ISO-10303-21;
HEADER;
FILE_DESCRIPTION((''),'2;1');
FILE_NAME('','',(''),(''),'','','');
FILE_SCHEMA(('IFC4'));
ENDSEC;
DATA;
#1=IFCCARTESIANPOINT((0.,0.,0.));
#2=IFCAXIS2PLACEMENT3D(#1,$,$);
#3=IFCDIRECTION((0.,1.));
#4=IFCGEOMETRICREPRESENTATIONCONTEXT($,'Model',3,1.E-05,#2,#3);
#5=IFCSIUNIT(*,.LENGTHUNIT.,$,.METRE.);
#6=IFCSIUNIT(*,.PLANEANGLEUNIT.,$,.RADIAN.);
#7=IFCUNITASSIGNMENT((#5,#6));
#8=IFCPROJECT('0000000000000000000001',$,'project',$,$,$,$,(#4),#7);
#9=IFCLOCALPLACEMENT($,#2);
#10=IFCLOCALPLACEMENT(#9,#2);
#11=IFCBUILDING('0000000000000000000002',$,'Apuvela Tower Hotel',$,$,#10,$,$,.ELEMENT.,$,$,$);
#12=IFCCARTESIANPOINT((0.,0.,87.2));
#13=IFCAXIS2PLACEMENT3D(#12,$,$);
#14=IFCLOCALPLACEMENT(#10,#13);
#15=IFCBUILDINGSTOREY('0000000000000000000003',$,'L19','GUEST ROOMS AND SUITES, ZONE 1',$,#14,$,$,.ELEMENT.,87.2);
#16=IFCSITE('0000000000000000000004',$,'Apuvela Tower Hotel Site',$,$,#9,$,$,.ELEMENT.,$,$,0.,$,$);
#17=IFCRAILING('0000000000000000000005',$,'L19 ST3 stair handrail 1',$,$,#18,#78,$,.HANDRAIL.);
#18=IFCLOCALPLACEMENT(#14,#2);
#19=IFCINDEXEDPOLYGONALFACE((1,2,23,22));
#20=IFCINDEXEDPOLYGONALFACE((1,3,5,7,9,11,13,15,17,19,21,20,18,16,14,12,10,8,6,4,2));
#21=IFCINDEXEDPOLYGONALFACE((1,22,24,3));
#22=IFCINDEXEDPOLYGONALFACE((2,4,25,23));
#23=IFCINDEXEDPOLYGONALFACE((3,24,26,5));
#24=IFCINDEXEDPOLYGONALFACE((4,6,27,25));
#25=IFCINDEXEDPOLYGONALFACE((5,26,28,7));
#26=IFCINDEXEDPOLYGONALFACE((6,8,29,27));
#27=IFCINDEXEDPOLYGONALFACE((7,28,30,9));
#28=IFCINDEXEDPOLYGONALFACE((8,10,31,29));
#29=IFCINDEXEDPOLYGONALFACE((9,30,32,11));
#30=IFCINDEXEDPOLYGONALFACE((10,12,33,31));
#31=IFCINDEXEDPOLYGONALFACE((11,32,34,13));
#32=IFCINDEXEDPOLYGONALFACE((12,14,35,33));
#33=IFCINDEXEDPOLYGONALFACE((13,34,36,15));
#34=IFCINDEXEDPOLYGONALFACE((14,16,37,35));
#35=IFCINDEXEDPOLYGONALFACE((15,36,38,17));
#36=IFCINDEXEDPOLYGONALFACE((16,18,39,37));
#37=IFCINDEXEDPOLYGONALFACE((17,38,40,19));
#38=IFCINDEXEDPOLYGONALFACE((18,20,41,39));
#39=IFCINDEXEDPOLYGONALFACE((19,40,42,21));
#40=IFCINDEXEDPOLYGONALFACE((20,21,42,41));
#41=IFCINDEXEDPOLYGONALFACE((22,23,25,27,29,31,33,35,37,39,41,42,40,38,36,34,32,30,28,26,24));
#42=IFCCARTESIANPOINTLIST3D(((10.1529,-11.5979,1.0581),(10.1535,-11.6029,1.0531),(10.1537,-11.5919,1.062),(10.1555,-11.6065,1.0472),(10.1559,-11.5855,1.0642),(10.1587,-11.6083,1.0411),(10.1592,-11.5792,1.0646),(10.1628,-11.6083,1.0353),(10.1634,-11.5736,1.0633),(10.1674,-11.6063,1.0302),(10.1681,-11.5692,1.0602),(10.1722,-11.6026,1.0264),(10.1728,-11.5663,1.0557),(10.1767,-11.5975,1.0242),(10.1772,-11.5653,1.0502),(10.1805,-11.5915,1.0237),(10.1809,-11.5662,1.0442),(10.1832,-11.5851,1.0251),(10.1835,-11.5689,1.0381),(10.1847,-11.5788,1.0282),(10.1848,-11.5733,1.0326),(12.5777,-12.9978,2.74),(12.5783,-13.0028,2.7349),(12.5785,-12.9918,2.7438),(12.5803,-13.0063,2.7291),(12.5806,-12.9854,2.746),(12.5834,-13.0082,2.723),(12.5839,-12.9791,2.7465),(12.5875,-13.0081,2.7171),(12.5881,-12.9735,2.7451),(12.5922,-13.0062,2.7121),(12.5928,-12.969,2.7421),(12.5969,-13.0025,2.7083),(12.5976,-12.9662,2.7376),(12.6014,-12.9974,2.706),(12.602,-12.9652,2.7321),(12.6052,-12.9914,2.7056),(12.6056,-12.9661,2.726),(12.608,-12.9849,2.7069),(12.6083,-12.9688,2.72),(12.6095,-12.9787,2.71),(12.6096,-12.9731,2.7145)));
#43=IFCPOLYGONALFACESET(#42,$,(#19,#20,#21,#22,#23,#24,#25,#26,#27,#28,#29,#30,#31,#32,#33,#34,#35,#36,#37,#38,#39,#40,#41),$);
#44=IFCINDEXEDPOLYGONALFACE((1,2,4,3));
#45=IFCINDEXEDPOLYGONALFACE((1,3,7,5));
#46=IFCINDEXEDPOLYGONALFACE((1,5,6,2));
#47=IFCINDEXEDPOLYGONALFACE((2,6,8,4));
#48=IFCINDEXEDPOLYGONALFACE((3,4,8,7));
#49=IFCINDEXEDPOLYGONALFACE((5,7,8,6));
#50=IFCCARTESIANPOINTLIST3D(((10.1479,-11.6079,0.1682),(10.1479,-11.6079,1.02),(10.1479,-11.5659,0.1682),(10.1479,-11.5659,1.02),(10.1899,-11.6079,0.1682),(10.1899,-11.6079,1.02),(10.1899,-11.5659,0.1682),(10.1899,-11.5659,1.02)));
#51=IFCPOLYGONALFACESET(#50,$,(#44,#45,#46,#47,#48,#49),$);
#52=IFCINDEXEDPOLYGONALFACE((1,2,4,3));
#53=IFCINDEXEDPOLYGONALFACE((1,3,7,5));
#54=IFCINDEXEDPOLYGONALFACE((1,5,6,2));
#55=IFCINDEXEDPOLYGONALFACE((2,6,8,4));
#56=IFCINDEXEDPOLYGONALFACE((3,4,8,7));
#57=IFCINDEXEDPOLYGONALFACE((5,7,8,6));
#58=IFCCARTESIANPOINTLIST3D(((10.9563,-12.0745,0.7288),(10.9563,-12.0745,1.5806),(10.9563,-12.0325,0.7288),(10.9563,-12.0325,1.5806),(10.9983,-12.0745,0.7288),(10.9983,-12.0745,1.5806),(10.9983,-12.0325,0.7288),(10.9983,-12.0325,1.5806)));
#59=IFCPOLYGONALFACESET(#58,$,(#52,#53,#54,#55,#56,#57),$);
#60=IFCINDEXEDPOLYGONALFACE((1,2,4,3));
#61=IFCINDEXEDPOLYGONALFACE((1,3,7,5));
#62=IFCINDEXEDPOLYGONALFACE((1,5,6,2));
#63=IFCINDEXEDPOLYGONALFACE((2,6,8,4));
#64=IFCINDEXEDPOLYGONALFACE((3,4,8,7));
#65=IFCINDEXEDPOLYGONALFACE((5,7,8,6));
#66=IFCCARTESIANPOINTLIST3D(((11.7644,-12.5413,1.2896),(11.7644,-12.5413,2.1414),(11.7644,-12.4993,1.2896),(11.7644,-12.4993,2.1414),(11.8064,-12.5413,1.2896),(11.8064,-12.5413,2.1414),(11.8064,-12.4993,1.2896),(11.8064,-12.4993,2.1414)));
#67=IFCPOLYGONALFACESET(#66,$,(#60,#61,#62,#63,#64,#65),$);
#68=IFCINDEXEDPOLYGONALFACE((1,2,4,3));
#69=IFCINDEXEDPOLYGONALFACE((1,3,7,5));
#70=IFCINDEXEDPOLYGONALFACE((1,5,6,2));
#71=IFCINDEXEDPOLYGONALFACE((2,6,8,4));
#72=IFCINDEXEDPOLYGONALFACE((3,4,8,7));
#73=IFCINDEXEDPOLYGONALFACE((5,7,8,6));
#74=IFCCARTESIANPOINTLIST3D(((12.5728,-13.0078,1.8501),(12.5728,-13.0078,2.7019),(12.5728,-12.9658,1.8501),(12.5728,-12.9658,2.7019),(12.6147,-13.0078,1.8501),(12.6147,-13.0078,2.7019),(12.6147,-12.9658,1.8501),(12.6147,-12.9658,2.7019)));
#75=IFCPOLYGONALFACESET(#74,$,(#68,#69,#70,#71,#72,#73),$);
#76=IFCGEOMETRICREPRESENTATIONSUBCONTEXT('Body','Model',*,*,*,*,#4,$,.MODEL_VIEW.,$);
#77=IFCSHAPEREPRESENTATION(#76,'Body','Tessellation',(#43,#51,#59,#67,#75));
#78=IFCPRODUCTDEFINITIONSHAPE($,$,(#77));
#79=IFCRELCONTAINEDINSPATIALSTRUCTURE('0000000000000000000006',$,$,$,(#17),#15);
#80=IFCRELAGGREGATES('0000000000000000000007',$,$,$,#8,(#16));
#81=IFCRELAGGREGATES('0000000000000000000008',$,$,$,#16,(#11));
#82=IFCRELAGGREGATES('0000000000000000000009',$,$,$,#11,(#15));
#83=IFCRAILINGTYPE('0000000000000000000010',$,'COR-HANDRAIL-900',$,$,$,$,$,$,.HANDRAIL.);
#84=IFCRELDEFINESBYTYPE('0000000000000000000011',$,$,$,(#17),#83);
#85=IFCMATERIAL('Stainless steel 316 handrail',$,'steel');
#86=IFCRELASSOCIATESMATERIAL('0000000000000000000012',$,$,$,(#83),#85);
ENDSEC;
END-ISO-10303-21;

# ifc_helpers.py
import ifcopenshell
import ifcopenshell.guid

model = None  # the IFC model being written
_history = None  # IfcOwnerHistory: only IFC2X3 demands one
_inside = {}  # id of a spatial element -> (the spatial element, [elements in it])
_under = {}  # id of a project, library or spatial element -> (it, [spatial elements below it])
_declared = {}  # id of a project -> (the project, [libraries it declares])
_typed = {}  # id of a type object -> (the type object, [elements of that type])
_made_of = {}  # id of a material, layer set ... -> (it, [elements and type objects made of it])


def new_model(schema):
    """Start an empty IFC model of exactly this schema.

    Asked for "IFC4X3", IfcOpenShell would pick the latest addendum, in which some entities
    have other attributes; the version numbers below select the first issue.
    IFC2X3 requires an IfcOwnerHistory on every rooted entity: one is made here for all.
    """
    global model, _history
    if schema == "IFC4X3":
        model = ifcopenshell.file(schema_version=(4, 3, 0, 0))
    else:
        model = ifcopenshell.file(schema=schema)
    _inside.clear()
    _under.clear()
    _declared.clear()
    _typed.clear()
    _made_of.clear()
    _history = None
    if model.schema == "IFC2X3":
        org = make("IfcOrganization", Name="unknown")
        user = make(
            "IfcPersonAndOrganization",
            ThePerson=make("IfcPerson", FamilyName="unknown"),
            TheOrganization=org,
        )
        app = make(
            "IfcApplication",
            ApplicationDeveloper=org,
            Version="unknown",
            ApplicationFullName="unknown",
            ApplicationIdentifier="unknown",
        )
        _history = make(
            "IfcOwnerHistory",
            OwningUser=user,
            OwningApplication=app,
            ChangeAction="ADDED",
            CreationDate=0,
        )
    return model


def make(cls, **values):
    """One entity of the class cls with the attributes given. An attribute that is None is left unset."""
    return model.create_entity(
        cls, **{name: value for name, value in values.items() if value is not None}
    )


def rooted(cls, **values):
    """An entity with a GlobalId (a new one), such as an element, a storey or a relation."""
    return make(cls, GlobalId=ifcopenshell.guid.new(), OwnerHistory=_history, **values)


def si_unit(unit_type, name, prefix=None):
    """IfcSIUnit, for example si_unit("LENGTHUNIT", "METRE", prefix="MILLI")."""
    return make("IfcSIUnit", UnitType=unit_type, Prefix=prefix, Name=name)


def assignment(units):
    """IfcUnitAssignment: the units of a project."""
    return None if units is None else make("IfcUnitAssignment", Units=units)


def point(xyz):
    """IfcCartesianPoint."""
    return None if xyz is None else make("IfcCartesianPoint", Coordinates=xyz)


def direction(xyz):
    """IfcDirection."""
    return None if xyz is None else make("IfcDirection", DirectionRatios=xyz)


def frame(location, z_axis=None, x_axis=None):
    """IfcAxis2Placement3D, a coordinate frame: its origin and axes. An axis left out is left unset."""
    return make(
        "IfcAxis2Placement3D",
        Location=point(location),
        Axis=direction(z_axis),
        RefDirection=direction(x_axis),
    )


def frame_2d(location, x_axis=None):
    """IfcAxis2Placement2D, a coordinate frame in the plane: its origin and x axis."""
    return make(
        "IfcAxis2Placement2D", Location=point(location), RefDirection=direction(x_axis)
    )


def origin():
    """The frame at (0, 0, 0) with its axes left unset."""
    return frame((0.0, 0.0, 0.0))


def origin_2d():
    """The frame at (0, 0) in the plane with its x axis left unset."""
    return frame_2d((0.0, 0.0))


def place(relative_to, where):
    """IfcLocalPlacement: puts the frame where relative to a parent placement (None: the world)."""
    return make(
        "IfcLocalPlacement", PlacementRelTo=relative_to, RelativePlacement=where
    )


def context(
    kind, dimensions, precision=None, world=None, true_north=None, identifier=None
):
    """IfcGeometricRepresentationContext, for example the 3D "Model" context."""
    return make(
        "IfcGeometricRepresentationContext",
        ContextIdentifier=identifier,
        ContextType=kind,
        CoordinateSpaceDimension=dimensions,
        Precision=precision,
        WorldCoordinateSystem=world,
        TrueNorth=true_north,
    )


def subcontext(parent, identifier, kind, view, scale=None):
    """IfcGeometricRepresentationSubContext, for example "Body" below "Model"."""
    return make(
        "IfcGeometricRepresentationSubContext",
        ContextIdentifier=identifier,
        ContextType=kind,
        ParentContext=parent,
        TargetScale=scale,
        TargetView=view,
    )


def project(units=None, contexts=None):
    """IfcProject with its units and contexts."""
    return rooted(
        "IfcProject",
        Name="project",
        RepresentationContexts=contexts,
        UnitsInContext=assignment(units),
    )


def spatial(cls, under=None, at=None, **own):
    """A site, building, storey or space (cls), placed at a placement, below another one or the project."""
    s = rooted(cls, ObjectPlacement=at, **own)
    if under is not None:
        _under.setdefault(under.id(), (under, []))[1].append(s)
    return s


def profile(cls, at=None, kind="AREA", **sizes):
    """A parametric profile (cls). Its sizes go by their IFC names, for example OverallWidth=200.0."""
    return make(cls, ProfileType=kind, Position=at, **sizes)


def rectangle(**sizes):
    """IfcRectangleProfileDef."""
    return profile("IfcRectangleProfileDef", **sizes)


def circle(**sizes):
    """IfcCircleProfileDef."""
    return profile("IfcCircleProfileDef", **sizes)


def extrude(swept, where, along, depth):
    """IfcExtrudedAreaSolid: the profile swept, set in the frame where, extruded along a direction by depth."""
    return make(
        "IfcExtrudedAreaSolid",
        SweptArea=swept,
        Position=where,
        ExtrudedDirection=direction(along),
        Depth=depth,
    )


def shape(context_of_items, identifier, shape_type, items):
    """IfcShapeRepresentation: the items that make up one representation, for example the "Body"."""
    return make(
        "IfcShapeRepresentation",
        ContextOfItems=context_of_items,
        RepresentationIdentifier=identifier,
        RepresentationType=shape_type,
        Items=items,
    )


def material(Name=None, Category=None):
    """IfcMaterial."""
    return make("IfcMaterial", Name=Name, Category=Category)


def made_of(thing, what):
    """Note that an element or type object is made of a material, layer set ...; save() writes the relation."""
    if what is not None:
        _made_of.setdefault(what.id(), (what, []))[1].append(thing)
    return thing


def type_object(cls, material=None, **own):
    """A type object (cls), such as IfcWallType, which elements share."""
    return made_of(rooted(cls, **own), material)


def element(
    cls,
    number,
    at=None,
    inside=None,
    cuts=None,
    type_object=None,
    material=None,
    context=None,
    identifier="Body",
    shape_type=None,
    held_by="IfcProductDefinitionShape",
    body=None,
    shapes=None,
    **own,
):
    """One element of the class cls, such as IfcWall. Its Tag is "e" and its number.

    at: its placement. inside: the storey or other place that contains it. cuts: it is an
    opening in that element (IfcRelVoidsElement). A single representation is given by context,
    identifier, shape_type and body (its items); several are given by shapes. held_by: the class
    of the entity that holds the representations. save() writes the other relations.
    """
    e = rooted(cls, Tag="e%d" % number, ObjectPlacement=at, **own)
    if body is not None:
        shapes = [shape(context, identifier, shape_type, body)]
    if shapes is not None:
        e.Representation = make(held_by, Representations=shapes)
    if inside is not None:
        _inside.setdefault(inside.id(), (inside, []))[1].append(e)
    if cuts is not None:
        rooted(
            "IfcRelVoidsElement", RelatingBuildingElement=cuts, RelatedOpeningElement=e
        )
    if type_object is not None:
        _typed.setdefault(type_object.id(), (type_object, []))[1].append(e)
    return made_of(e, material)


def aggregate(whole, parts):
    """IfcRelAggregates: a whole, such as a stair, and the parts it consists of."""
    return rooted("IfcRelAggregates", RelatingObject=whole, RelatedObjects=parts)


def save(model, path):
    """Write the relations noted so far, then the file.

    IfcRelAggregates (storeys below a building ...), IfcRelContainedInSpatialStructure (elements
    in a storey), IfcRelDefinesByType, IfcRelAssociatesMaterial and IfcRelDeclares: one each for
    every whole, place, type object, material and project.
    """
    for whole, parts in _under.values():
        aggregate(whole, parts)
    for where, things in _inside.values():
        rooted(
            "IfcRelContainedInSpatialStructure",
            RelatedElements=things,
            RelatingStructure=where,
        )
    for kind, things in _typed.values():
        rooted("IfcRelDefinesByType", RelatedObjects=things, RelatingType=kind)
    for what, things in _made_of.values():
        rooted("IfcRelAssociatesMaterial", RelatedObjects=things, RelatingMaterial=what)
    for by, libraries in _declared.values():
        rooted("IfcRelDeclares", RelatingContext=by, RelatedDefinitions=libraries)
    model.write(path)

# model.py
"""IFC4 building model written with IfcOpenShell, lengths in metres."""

from ifc_helpers import new_model, si_unit, direction, frame, origin, origin_2d, place, context, subcontext, project, spatial, rectangle, circle, extrude, material, type_object, element, save


model = new_model("IFC4")

# Units and contexts
model_context = context("Model", 3, precision=1e-05, world=origin(), true_north=direction((0.0, 1.0)))
body_context = subcontext(model_context, "Body", "Model", "MODEL_VIEW")
ifc_project = project(units=[si_unit("LENGTHUNIT", "METRE"), si_unit("PLANEANGLEUNIT", "RADIAN")], contexts=[model_context])

# Site, building, storey
site_placement = place(None, origin())
site = spatial("IfcSite", under=ifc_project, at=site_placement, Name="Apuvela Tower Hotel Site", CompositionType="ELEMENT", RefElevation=0.0)
building_placement = place(site_placement, origin())
building = spatial("IfcBuilding", under=site, at=building_placement, Name="Apuvela Tower Hotel", CompositionType="ELEMENT")
storey_placement = place(building_placement, frame((0.0, 0.0, 87.2)))
storey = spatial("IfcBuildingStorey", under=building, at=storey_placement, Name="L19", Description="GUEST ROOMS AND SUITES, ZONE 1", CompositionType="ELEMENT", Elevation=87.2)

# Railing
ifc_material_1 = material(Name="Stainless steel 316 handrail", Category="steel")
railing_type_1 = type_object("IfcRailingType", Name="COR-HANDRAIL-900", PredefinedType="HANDRAIL", material=ifc_material_1)
railing_1_placement = place(storey_placement, frame((10.1689, -11.5869, 0.1682)))
element("IfcRailing", 1, at=railing_1_placement, inside=storey, type_object=railing_type_1, Name="L19 ST3 stair handrail 1", PredefinedType="HANDRAIL", context=body_context, shape_type="SweptSolid", body=[
    extrude(circle(Radius=0.0239, at=origin_2d()), frame((0.0, 0.0, 0.876), z_axis=(0.74239, -0.428601, 0.514934), x_axis=(0.499984, 0.866035, 0.0)), (0.0, 0.0, 1.0), 3.2661),
    extrude(rectangle(XDim=0.042, YDim=0.042, at=origin_2d()), origin(), (0.0, 0.0, 1.0), 0.8518),
    extrude(rectangle(XDim=0.042, YDim=0.042, at=origin_2d()), frame((0.8083, -0.4666, 0.5605)), (0.0, 0.0, 1.0), 0.8518),
    extrude(rectangle(XDim=0.042, YDim=0.042, at=origin_2d()), frame((1.6165, -0.9333, 1.1213)), (0.0, 0.0, 1.0), 0.8518),
    extrude(rectangle(XDim=0.042, YDim=0.042, at=origin_2d()), frame((2.4248, -1.3999, 1.6819)), (0.0, 0.0, 1.0), 0.8518),
])

save(model, "model.ifc")
